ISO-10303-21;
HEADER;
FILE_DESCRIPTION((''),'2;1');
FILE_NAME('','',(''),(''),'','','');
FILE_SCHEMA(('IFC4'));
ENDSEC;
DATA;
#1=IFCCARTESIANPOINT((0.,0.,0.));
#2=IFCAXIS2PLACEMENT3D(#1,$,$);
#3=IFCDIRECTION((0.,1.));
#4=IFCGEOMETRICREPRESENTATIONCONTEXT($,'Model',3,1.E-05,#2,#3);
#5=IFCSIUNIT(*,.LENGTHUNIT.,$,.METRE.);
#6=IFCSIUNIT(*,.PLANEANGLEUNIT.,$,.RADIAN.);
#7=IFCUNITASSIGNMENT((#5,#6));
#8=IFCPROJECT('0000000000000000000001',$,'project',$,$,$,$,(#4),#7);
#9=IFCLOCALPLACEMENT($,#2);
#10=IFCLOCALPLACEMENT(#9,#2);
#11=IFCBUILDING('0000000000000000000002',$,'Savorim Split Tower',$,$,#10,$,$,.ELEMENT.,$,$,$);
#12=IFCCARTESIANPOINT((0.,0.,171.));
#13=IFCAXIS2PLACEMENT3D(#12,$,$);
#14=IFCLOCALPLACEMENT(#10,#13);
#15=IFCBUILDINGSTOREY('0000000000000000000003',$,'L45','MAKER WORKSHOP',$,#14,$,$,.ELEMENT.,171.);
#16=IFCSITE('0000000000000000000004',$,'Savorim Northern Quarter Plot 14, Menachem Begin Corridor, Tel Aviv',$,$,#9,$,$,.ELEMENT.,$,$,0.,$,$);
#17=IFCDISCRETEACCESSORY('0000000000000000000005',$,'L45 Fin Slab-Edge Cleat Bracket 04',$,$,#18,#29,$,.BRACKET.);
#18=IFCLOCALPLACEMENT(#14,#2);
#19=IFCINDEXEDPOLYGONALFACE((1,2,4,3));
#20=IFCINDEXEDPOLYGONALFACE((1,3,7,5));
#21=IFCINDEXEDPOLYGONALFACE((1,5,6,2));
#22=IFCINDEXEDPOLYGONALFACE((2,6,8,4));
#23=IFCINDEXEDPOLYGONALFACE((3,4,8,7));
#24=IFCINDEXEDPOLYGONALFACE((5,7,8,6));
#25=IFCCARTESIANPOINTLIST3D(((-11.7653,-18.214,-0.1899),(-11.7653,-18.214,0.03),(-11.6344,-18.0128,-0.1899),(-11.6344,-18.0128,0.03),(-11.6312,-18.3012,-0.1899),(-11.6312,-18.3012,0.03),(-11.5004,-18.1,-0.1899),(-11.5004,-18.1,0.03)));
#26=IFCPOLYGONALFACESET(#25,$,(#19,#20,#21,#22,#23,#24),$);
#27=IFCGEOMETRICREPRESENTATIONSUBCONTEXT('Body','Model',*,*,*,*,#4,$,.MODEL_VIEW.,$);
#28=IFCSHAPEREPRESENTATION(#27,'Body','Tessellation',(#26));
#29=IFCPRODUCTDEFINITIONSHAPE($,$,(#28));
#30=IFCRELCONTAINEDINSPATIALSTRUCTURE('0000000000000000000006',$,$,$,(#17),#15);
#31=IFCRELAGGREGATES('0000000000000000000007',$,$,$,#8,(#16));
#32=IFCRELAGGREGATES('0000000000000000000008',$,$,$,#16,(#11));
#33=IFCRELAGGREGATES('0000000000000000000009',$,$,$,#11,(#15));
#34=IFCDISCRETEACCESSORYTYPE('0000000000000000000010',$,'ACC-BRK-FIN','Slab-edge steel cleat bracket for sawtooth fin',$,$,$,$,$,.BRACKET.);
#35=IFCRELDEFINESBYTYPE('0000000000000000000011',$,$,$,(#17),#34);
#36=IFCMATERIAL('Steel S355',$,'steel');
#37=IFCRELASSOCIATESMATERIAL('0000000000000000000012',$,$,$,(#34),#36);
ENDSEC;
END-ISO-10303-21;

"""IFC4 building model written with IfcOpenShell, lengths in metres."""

from ifc_helpers import new_model, si_unit, direction, frame, origin, origin_2d, place, context, subcontext, project, spatial, rectangle, extrude, material, type_object, element, save


model = new_model("IFC4")

# Units and contexts
model_context = context("Model", 3, precision=1e-05, world=origin(), true_north=direction((0.0, 1.0)))
body_context = subcontext(model_context, "Body", "Model", "MODEL_VIEW")
ifc_project = project(units=[si_unit("LENGTHUNIT", "METRE"), si_unit("PLANEANGLEUNIT", "RADIAN")], contexts=[model_context])

# Site, building, storey
site_placement = place(None, origin())
site = spatial("IfcSite", under=ifc_project, at=site_placement, Name="Savorim Northern Quarter Plot 14, Menachem Begin Corridor, Tel Aviv", CompositionType="ELEMENT", RefElevation=0.0)
building_placement = place(site_placement, origin())
building = spatial("IfcBuilding", under=site, at=building_placement, Name="Savorim Split Tower", CompositionType="ELEMENT")
storey_placement = place(building_placement, frame((0.0, 0.0, 171.0)))
storey = spatial("IfcBuildingStorey", under=building, at=storey_placement, Name="L45", Description="MAKER WORKSHOP", CompositionType="ELEMENT", Elevation=171.0)

# Shared definitions
ifc_material_1 = material(Name="Steel S355", Category="steel")

# Discrete accessory
discrete_accessory_type = type_object("IfcDiscreteAccessoryType", Name="ACC-BRK-FIN", Description="Slab-edge steel cleat bracket for sawtooth fin", PredefinedType="BRACKET", material=ifc_material_1)
for number, where, z_axis, x_axis, name in (
    (1, (-11.6328, -18.157, -0.1899), (0.0, 0.0, 1.0), (-0.545148, -0.83834, 0.0), "L45 Fin Slab-Edge Cleat Bracket 04"),
):
    element("IfcDiscreteAccessory", number, at=place(storey_placement, frame(where, z_axis=z_axis, x_axis=x_axis)), inside=storey, type_object=discrete_accessory_type, Name=name, PredefinedType="BRACKET", context=body_context, shape_type="SweptSolid", body=[
        extrude(rectangle(XDim=0.24, YDim=0.1599, at=origin_2d()), origin(), (0.0, 0.0, 1.0), 0.22),
    ])

save(model, "model.ifc")
